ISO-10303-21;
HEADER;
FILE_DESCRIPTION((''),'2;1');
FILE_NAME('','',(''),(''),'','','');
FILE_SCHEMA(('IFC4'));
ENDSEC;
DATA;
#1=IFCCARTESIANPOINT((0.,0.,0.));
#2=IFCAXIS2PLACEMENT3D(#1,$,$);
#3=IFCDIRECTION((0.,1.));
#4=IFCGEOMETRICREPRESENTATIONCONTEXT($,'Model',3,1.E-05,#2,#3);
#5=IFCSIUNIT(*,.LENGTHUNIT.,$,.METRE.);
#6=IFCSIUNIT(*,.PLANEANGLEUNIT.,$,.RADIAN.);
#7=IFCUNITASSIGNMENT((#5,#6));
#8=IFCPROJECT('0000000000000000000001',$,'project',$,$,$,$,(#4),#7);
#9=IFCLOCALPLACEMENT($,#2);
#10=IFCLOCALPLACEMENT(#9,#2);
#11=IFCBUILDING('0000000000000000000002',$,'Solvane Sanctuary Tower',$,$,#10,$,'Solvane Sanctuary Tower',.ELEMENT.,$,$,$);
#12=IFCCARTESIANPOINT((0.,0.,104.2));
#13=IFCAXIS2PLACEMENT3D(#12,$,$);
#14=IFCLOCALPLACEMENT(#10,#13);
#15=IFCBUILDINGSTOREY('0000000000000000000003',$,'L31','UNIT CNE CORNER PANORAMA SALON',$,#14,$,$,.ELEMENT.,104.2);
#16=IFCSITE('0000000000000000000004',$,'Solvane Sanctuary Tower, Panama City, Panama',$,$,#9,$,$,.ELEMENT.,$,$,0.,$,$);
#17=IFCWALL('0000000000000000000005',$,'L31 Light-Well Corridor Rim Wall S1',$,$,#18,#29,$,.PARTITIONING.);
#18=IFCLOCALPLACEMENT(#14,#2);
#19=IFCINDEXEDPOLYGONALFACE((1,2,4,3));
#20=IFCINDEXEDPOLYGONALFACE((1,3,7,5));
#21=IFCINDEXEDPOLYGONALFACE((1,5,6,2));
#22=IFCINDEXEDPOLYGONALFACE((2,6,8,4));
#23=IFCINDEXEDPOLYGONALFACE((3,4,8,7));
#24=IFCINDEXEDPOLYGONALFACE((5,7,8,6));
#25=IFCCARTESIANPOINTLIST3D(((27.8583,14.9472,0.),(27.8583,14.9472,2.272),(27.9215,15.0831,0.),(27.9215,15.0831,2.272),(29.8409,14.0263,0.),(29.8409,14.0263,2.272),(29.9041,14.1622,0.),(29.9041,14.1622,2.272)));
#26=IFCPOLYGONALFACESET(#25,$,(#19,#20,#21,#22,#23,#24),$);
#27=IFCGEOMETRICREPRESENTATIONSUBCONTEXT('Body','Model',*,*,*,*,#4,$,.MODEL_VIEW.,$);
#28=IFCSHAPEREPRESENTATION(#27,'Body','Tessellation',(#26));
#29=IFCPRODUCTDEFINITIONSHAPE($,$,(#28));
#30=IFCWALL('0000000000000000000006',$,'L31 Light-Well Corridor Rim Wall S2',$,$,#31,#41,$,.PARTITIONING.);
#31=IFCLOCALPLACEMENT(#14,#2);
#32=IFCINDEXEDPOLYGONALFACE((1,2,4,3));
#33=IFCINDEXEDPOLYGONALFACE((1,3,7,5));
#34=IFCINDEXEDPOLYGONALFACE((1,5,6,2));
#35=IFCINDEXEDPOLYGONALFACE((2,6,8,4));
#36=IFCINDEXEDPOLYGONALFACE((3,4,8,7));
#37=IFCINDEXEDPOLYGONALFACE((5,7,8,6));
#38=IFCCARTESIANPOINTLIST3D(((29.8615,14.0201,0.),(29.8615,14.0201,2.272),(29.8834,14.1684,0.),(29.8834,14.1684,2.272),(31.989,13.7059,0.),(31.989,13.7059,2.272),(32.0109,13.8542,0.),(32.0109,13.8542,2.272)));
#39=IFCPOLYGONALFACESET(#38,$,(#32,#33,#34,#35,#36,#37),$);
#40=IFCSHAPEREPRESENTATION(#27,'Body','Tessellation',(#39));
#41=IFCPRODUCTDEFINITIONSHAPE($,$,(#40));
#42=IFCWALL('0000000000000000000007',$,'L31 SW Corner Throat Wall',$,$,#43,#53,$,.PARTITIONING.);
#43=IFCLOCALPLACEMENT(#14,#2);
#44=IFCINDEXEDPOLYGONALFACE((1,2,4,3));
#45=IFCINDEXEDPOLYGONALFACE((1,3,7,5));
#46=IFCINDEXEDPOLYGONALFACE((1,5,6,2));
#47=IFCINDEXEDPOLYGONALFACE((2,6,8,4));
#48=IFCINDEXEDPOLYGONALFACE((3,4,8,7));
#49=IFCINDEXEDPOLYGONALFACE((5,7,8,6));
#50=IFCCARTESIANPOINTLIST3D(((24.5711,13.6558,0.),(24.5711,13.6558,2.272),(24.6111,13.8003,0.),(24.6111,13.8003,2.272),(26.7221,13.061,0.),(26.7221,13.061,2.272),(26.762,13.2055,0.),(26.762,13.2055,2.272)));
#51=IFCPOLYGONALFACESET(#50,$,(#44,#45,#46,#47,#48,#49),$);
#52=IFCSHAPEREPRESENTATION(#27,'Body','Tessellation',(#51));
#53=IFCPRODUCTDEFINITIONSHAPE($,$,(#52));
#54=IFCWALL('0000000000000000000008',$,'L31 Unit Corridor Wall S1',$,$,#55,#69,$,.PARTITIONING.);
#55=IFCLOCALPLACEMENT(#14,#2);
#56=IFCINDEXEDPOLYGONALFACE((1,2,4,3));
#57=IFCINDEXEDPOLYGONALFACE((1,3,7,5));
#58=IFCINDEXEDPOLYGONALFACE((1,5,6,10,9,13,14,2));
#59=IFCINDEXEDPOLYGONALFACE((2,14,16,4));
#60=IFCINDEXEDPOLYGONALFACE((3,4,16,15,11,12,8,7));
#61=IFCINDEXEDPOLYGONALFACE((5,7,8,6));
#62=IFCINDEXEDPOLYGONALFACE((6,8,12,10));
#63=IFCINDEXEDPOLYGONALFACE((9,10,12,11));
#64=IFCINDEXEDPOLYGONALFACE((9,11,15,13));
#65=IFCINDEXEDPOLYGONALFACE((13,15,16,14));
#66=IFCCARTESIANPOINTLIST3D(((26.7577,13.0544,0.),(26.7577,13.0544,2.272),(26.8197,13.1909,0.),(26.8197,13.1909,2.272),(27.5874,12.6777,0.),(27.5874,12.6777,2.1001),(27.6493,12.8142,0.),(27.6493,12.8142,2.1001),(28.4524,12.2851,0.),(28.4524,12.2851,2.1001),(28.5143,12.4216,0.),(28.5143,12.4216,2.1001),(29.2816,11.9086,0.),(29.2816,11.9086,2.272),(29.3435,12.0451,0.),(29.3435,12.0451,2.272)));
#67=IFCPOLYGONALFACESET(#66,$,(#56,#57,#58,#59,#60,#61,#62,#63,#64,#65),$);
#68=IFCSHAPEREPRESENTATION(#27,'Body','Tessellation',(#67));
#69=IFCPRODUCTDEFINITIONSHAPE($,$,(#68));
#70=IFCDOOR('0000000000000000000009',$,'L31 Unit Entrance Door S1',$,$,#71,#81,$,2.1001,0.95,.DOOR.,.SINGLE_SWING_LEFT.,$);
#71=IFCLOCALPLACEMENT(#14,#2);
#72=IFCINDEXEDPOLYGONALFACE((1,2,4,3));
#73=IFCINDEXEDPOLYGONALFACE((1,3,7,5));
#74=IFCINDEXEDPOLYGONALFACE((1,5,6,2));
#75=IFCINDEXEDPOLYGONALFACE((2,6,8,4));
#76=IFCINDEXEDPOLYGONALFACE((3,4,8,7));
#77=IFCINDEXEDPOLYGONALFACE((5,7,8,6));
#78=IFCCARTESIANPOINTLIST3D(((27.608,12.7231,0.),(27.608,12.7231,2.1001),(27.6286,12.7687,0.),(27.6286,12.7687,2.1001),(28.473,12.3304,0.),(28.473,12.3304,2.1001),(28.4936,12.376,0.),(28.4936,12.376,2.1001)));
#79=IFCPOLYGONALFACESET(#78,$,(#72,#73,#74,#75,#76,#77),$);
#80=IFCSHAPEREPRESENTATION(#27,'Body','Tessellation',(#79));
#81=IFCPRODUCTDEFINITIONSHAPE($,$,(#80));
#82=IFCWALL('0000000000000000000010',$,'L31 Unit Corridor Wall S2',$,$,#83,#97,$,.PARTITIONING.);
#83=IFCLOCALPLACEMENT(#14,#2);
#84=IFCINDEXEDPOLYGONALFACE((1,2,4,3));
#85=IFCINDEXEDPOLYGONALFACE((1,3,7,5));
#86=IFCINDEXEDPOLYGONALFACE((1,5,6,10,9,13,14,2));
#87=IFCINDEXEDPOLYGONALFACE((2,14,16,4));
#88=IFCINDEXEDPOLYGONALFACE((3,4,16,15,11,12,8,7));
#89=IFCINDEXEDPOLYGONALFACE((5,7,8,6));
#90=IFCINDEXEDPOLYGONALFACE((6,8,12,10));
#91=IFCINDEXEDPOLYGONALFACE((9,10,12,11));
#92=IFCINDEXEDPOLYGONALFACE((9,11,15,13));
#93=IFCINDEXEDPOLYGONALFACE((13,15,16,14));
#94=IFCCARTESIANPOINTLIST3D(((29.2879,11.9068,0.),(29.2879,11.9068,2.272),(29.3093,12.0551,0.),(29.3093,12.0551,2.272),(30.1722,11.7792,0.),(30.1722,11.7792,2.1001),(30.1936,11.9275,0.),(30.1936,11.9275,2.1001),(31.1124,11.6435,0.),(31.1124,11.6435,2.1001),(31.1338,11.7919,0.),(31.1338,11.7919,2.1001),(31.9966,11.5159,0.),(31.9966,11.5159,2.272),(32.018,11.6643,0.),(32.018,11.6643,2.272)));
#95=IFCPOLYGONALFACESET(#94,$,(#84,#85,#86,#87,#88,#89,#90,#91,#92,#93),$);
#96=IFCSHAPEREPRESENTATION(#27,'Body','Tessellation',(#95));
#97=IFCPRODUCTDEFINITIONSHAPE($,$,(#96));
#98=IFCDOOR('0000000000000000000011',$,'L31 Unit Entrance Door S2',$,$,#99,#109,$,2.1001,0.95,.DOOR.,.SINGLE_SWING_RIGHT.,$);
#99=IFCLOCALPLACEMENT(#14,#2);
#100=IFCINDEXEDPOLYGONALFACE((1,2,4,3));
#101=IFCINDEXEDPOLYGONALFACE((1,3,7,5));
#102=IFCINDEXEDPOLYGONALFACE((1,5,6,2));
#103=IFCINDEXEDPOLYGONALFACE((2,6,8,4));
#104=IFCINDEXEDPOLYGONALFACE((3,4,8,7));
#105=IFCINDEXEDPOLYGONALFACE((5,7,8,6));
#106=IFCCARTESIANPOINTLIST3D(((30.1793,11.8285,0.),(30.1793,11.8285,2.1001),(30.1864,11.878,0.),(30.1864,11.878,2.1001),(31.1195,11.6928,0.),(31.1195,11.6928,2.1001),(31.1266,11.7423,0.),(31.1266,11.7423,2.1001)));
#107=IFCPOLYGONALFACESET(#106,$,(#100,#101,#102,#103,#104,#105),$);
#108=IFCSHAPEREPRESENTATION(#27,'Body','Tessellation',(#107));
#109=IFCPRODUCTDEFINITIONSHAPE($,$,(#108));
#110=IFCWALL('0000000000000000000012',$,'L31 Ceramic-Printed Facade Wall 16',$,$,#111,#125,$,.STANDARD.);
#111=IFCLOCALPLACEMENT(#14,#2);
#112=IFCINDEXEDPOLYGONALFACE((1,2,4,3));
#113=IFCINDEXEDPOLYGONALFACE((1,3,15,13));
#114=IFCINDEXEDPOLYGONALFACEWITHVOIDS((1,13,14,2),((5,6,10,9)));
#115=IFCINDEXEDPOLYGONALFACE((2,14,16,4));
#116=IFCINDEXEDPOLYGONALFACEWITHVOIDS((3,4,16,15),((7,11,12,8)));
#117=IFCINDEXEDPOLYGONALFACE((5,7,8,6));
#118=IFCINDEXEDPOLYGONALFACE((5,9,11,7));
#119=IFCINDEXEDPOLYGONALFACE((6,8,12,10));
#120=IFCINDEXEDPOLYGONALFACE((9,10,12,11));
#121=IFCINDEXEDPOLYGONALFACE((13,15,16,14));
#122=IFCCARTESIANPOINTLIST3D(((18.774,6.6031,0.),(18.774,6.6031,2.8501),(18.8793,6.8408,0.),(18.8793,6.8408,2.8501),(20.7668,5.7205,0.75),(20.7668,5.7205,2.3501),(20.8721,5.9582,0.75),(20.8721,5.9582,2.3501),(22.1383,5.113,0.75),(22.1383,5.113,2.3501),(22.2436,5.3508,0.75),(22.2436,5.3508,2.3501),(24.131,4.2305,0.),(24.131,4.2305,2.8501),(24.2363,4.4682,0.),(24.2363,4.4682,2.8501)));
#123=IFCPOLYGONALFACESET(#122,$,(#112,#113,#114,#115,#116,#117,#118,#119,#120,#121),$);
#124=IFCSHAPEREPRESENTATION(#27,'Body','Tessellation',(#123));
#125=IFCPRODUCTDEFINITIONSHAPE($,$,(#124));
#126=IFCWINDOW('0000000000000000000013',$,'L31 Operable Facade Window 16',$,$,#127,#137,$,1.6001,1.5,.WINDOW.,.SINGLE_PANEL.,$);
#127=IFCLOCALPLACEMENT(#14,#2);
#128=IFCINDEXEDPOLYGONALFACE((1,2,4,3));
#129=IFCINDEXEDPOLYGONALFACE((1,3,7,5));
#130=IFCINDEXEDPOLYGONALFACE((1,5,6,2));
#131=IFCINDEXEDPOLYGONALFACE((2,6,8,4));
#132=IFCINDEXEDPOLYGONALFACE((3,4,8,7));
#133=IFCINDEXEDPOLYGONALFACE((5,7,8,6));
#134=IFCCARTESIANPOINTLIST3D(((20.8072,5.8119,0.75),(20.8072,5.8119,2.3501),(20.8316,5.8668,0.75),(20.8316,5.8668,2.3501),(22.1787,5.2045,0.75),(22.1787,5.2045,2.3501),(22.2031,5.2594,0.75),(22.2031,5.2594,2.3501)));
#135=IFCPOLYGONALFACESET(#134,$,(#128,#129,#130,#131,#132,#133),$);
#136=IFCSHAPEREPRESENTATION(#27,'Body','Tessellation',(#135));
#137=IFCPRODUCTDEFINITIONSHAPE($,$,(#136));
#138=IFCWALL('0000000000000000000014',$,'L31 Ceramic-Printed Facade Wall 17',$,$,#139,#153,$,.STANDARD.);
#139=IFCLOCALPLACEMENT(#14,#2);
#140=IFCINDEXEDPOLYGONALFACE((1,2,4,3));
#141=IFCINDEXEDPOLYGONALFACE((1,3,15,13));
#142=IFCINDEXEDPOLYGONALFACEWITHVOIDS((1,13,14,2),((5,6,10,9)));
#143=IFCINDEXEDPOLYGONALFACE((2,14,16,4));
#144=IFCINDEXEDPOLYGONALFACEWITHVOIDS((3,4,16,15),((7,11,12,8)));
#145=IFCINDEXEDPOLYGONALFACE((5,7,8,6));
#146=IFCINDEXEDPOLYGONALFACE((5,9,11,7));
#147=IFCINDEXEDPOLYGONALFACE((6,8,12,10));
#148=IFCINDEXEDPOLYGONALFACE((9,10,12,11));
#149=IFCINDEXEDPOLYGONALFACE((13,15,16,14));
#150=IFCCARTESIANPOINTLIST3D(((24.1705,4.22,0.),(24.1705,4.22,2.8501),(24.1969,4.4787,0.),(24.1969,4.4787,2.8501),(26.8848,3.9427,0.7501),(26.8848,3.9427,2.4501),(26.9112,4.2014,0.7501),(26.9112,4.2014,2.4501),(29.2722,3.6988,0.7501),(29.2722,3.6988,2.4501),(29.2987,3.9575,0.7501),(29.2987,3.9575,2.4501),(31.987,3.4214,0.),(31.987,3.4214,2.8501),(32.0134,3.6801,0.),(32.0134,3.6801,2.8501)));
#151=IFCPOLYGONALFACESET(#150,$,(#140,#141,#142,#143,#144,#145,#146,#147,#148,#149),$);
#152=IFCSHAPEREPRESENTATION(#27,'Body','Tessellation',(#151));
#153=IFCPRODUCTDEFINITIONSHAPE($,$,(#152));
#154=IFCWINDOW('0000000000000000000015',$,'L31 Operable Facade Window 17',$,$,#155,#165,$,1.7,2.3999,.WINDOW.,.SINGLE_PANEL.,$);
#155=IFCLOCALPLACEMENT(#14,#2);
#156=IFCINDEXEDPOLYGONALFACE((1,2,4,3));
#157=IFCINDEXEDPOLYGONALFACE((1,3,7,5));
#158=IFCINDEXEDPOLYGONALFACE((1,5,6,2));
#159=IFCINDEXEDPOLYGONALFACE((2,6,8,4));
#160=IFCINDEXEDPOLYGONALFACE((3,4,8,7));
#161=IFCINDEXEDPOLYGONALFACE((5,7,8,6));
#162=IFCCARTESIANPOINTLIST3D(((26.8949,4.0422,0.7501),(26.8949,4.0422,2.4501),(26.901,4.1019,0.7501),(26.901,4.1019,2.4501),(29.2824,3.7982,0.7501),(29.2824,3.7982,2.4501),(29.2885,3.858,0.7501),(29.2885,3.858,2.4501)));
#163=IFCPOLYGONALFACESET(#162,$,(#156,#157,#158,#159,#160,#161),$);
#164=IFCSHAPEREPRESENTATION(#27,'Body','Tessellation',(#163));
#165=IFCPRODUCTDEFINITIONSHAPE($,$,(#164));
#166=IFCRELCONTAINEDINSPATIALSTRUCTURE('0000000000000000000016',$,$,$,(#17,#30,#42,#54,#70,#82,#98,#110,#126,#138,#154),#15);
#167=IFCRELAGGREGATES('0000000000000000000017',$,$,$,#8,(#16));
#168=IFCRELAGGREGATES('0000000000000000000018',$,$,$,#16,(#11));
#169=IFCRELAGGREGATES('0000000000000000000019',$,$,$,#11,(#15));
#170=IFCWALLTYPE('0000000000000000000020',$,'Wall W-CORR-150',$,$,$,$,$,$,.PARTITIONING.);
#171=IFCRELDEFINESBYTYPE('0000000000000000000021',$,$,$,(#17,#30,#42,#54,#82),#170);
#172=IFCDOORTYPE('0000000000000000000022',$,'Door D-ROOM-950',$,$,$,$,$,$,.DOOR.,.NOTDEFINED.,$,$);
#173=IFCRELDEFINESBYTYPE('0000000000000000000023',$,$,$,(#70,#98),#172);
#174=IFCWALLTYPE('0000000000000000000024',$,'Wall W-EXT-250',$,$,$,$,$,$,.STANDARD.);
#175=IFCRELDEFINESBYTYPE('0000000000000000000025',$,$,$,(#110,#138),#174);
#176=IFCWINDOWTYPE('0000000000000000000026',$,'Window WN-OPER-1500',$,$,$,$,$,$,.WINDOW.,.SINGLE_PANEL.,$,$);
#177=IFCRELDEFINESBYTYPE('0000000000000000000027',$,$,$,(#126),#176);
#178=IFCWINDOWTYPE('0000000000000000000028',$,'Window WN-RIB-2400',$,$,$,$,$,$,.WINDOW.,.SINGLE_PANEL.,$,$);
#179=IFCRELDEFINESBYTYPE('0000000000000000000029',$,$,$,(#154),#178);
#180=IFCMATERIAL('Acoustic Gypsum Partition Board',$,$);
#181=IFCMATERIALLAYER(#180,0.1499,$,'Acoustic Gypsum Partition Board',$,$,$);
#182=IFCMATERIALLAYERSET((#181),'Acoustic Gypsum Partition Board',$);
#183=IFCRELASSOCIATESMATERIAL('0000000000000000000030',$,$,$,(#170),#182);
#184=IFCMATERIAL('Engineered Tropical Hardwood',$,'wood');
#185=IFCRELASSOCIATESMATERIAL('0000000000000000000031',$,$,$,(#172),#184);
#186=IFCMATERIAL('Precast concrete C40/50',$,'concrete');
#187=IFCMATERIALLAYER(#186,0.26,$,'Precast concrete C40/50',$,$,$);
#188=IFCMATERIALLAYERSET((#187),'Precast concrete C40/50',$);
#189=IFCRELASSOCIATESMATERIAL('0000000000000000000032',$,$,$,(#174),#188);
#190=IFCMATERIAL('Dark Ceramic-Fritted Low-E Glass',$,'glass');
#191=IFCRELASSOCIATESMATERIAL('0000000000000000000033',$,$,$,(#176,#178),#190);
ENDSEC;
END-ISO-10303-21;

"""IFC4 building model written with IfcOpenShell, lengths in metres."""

from ifc_helpers import new_model, si_unit, direction, frame, frame_2d, origin, place, context, subcontext, project, spatial, rectangle, extrude, material, layer, layer_set, type_object, element, fill, save


model = new_model("IFC4")

# Units and contexts
model_context = context("Model", 3, precision=1e-05, world=origin(), true_north=direction((0.0, 1.0)))
body_context = subcontext(model_context, "Body", "Model", "MODEL_VIEW")
ifc_project = project(units=[si_unit("LENGTHUNIT", "METRE"), si_unit("PLANEANGLEUNIT", "RADIAN")], contexts=[model_context])

# Site, building, storey
site_placement = place(None, origin())
site = spatial("IfcSite", under=ifc_project, at=site_placement, Name="Solvane Sanctuary Tower, Panama City, Panama", CompositionType="ELEMENT", RefElevation=0.0)
building_placement = place(site_placement, origin())
building = spatial("IfcBuilding", under=site, at=building_placement, Name="Solvane Sanctuary Tower", LongName="Solvane Sanctuary Tower", CompositionType="ELEMENT")
storey_placement = place(building_placement, frame((0.0, 0.0, 104.2)))
storey = spatial("IfcBuildingStorey", under=building, at=storey_placement, Name="L31", Description="UNIT CNE CORNER PANORAMA SALON", CompositionType="ELEMENT", Elevation=104.2)

# Walls
ifc_material_1 = material(Name="Acoustic Gypsum Partition Board")
ifc_layer_1 = layer(ifc_material_1, 0.1499, Name="Acoustic Gypsum Partition Board")
ifc_layer_set_1 = layer_set([ifc_layer_1], Name="Acoustic Gypsum Partition Board")
wall_type_1 = type_object("IfcWallType", Name="Wall W-CORR-150", PredefinedType="PARTITIONING", material=ifc_layer_set_1)
wall_1_placement = place(storey_placement, frame((27.8899, 15.0151, 0.0), z_axis=(0.0, 0.0, 1.0), x_axis=(0.906943, -0.421252, 0.0)))
element("IfcWall", 1, at=wall_1_placement, inside=storey, type_object=wall_type_1, Name="L31 Light-Well Corridor Rim Wall S1", PredefinedType="PARTITIONING", context=body_context, shape_type="SweptSolid", body=[
    extrude(rectangle(XDim=2.186, YDim=0.1499, at=frame_2d((1.093, 0.0))), origin(), (0.0, 0.0, 1.0), 2.272),
])
wall_2_placement = place(storey_placement, frame((29.8726, 14.0942, 0.0), z_axis=(0.0, 0.0, 1.0), x_axis=(0.989269, -0.146108, 0.0)))
element("IfcWall", 2, at=wall_2_placement, inside=storey, type_object=wall_type_1, Name="L31 Light-Well Corridor Rim Wall S2", PredefinedType="PARTITIONING", context=body_context, shape_type="SweptSolid", body=[
    extrude(rectangle(XDim=2.1506, YDim=0.1499, at=frame_2d((1.0752, 0.0))), origin(), (0.0, 0.0, 1.0), 2.272),
])
wall_3_placement = place(storey_placement, frame((26.7419, 13.1333, 0.0), z_axis=(0.0, 0.0, 1.0), x_axis=(-0.963834, 0.266504, 0.0)))
element("IfcWall", 3, at=wall_3_placement, inside=storey, type_object=wall_type_1, Name="L31 SW Corner Throat Wall", PredefinedType="PARTITIONING", context=body_context, shape_type="SweptSolid", body=[
    extrude(rectangle(XDim=2.2317, YDim=0.1499, at=frame_2d((1.1157, 0.0))), origin(), (0.0, 0.0, 1.0), 2.272),
])

# Walls, openings, doors
wall_4_placement = place(storey_placement, frame((26.7888, 13.1226, 0.0), z_axis=(0.0, 0.0, 1.0), x_axis=(0.910568, -0.413358, 0.0)))
wall_4 = element("IfcWall", 4, at=wall_4_placement, inside=storey, type_object=wall_type_1, Name="L31 Unit Corridor Wall S1", PredefinedType="PARTITIONING", context=body_context, shape_type="SweptSolid", body=[
    extrude(rectangle(XDim=2.7717, YDim=0.1499, at=frame_2d((1.3857, 0.0))), origin(), (0.0, 0.0, 1.0), 2.272),
])
opening_1_placement = place(wall_4_placement, frame((0.9109, 0.0, 0.0)))
opening_1 = element("IfcOpeningElement", 5, at=opening_1_placement, cuts=wall_4, PredefinedType="OPENING", context=body_context, shape_type="SweptSolid", body=[
    extrude(rectangle(XDim=0.95, YDim=2.1001, at=frame_2d((0.4751, 1.05))), frame((0.0, 0.085, 0.0), z_axis=(0.0, -1.0, 0.0), x_axis=(1.0, 0.0, 0.0)), (0.0, 0.0, 1.0), 0.1699),
])
ifc_material_2 = material(Name="Engineered Tropical Hardwood", Category="wood")
door_type = type_object("IfcDoorType", Name="Door D-ROOM-950", OperationType="NOTDEFINED", PredefinedType="DOOR", material=ifc_material_2)
door_1_placement = place(opening_1_placement, origin())
door_1 = element("IfcDoor", 6, at=door_1_placement, inside=storey, type_object=door_type, Name="L31 Unit Entrance Door S1", OperationType="SINGLE_SWING_LEFT", OverallHeight=2.1001, OverallWidth=0.95, PredefinedType="DOOR", context=body_context, shape_type="SweptSolid", body=[
    extrude(rectangle(XDim=0.95, YDim=2.1001, at=frame_2d((0.4751, 1.05))), frame((0.0, 0.0249, 0.0), z_axis=(0.0, -1.0, 0.0), x_axis=(1.0, 0.0, 0.0)), (0.0, 0.0, 1.0), 0.05),
])
fill(opening_1, door_1)
wall_5_placement = place(storey_placement, frame((29.2986, 11.981, 0.0), z_axis=(0.0, 0.0, 1.0), x_axis=(0.989749, -0.14282, 0.0)))
wall_5 = element("IfcWall", 7, at=wall_5_placement, inside=storey, type_object=wall_type_1, Name="L31 Unit Corridor Wall S2", PredefinedType="PARTITIONING", context=body_context, shape_type="SweptSolid", body=[
    extrude(rectangle(XDim=2.7368, YDim=0.1499, at=frame_2d((1.3684, 0.0))), origin(), (0.0, 0.0, 1.0), 2.272),
])
opening_2_placement = place(wall_5_placement, frame((0.8933, 0.0, 0.0)))
opening_2 = element("IfcOpeningElement", 8, at=opening_2_placement, cuts=wall_5, PredefinedType="OPENING", context=body_context, shape_type="SweptSolid", body=[
    extrude(rectangle(XDim=0.95, YDim=2.1001, at=frame_2d((0.4751, 1.05))), frame((0.0, 0.085, 0.0), z_axis=(0.0, -1.0, 0.0), x_axis=(1.0, 0.0, 0.0)), (0.0, 0.0, 1.0), 0.1699),
])
door_2_placement = place(opening_2_placement, origin())
door_2 = element("IfcDoor", 9, at=door_2_placement, inside=storey, type_object=door_type, Name="L31 Unit Entrance Door S2", OperationType="SINGLE_SWING_RIGHT", OverallHeight=2.1001, OverallWidth=0.95, PredefinedType="DOOR", context=body_context, shape_type="SweptSolid", body=[
    extrude(rectangle(XDim=0.95, YDim=2.1001, at=frame_2d((0.4751, 1.05))), frame((0.0, 0.0249, 0.0), z_axis=(0.0, -1.0, 0.0), x_axis=(1.0, 0.0, 0.0)), (0.0, 0.0, 1.0), 0.05),
])
fill(opening_2, door_2)

# Walls, openings, windows
ifc_material_3 = material(Name="Precast concrete C40/50", Category="concrete")
ifc_layer_2 = layer(ifc_material_3, 0.26, Name="Precast concrete C40/50")
ifc_layer_set_2 = layer_set([ifc_layer_2], Name="Precast concrete C40/50")
wall_type_2 = type_object("IfcWallType", Name="Wall W-EXT-250", PredefinedType="STANDARD", material=ifc_layer_set_2)
wall_6_placement = place(storey_placement, frame((18.8267, 6.7219, 0.0), z_axis=(0.0, 0.0, 1.0), x_axis=(0.914337, -0.404955, 0.0)))
wall_6 = element("IfcWall", 10, at=wall_6_placement, inside=storey, type_object=wall_type_2, Name="L31 Ceramic-Printed Facade Wall 16", PredefinedType="STANDARD", context=body_context, shape_type="SweptSolid", body=[
    extrude(rectangle(XDim=5.8589, YDim=0.26, at=frame_2d((2.9294, 0.0))), origin(), (0.0, 0.0, 1.0), 2.8501),
])
opening_3_placement = place(wall_6_placement, frame((2.1794, 0.0, 0.75)))
opening_3 = element("IfcOpeningElement", 11, at=opening_3_placement, cuts=wall_6, PredefinedType="OPENING", context=body_context, shape_type="SweptSolid", body=[
    extrude(rectangle(XDim=1.5, YDim=1.6001, at=frame_2d((0.75, 0.8))), frame((0.0, 0.1399, 0.0), z_axis=(0.0, -1.0, 0.0), x_axis=(1.0, 0.0, 0.0)), (0.0, 0.0, 1.0), 0.28),
])
ifc_material_4 = material(Name="Dark Ceramic-Fritted Low-E Glass", Category="glass")
window_type_1 = type_object("IfcWindowType", Name="Window WN-OPER-1500", PartitioningType="SINGLE_PANEL", PredefinedType="WINDOW", material=ifc_material_4)
window_1_placement = place(opening_3_placement, origin())
window_1 = element("IfcWindow", 12, at=window_1_placement, inside=storey, type_object=window_type_1, Name="L31 Operable Facade Window 16", OverallHeight=1.6001, OverallWidth=1.5, PartitioningType="SINGLE_PANEL", PredefinedType="WINDOW", context=body_context, shape_type="SweptSolid", body=[
    extrude(rectangle(XDim=1.5, YDim=1.6001, at=frame_2d((0.75, 0.8))), frame((0.0, 0.03, 0.0), z_axis=(0.0, -1.0, 0.0), x_axis=(1.0, 0.0, 0.0)), (0.0, 0.0, 1.0), 0.0601),
])
fill(opening_3, window_1)
wall_7_placement = place(storey_placement, frame((24.1836, 4.3494, 0.0), z_axis=(0.0, 0.0, 1.0), x_axis=(0.994821, -0.101639, 0.0)))
wall_7 = element("IfcWall", 13, at=wall_7_placement, inside=storey, type_object=wall_type_2, Name="L31 Ceramic-Printed Facade Wall 17", PredefinedType="STANDARD", context=body_context, shape_type="SweptSolid", body=[
    extrude(rectangle(XDim=7.8572, YDim=0.26, at=frame_2d((3.9287, 0.0))), origin(), (0.0, 0.0, 1.0), 2.8501),
])
opening_4_placement = place(wall_7_placement, frame((2.7285, 0.0, 0.75)))
opening_4 = element("IfcOpeningElement", 14, at=opening_4_placement, cuts=wall_7, PredefinedType="OPENING", context=body_context, shape_type="SweptSolid", body=[
    extrude(rectangle(XDim=2.3999, YDim=1.7, at=frame_2d((1.2, 0.8501))), frame((0.0, 0.1399, 0.0), z_axis=(0.0, -1.0, 0.0), x_axis=(1.0, 0.0, 0.0)), (0.0, 0.0, 1.0), 0.28),
])
window_type_2 = type_object("IfcWindowType", Name="Window WN-RIB-2400", PartitioningType="SINGLE_PANEL", PredefinedType="WINDOW", material=ifc_material_4)
window_2_placement = place(opening_4_placement, origin())
window_2 = element("IfcWindow", 15, at=window_2_placement, inside=storey, type_object=window_type_2, Name="L31 Operable Facade Window 17", OverallHeight=1.7, OverallWidth=2.3999, PartitioningType="SINGLE_PANEL", PredefinedType="WINDOW", context=body_context, shape_type="SweptSolid", body=[
    extrude(rectangle(XDim=2.3999, YDim=1.7, at=frame_2d((1.2, 0.8501))), frame((0.0, 0.03, 0.0), z_axis=(0.0, -1.0, 0.0), x_axis=(1.0, 0.0, 0.0)), (0.0, 0.0, 1.0), 0.0601),
])
fill(opening_4, window_2)

save(model, "model.ifc")
